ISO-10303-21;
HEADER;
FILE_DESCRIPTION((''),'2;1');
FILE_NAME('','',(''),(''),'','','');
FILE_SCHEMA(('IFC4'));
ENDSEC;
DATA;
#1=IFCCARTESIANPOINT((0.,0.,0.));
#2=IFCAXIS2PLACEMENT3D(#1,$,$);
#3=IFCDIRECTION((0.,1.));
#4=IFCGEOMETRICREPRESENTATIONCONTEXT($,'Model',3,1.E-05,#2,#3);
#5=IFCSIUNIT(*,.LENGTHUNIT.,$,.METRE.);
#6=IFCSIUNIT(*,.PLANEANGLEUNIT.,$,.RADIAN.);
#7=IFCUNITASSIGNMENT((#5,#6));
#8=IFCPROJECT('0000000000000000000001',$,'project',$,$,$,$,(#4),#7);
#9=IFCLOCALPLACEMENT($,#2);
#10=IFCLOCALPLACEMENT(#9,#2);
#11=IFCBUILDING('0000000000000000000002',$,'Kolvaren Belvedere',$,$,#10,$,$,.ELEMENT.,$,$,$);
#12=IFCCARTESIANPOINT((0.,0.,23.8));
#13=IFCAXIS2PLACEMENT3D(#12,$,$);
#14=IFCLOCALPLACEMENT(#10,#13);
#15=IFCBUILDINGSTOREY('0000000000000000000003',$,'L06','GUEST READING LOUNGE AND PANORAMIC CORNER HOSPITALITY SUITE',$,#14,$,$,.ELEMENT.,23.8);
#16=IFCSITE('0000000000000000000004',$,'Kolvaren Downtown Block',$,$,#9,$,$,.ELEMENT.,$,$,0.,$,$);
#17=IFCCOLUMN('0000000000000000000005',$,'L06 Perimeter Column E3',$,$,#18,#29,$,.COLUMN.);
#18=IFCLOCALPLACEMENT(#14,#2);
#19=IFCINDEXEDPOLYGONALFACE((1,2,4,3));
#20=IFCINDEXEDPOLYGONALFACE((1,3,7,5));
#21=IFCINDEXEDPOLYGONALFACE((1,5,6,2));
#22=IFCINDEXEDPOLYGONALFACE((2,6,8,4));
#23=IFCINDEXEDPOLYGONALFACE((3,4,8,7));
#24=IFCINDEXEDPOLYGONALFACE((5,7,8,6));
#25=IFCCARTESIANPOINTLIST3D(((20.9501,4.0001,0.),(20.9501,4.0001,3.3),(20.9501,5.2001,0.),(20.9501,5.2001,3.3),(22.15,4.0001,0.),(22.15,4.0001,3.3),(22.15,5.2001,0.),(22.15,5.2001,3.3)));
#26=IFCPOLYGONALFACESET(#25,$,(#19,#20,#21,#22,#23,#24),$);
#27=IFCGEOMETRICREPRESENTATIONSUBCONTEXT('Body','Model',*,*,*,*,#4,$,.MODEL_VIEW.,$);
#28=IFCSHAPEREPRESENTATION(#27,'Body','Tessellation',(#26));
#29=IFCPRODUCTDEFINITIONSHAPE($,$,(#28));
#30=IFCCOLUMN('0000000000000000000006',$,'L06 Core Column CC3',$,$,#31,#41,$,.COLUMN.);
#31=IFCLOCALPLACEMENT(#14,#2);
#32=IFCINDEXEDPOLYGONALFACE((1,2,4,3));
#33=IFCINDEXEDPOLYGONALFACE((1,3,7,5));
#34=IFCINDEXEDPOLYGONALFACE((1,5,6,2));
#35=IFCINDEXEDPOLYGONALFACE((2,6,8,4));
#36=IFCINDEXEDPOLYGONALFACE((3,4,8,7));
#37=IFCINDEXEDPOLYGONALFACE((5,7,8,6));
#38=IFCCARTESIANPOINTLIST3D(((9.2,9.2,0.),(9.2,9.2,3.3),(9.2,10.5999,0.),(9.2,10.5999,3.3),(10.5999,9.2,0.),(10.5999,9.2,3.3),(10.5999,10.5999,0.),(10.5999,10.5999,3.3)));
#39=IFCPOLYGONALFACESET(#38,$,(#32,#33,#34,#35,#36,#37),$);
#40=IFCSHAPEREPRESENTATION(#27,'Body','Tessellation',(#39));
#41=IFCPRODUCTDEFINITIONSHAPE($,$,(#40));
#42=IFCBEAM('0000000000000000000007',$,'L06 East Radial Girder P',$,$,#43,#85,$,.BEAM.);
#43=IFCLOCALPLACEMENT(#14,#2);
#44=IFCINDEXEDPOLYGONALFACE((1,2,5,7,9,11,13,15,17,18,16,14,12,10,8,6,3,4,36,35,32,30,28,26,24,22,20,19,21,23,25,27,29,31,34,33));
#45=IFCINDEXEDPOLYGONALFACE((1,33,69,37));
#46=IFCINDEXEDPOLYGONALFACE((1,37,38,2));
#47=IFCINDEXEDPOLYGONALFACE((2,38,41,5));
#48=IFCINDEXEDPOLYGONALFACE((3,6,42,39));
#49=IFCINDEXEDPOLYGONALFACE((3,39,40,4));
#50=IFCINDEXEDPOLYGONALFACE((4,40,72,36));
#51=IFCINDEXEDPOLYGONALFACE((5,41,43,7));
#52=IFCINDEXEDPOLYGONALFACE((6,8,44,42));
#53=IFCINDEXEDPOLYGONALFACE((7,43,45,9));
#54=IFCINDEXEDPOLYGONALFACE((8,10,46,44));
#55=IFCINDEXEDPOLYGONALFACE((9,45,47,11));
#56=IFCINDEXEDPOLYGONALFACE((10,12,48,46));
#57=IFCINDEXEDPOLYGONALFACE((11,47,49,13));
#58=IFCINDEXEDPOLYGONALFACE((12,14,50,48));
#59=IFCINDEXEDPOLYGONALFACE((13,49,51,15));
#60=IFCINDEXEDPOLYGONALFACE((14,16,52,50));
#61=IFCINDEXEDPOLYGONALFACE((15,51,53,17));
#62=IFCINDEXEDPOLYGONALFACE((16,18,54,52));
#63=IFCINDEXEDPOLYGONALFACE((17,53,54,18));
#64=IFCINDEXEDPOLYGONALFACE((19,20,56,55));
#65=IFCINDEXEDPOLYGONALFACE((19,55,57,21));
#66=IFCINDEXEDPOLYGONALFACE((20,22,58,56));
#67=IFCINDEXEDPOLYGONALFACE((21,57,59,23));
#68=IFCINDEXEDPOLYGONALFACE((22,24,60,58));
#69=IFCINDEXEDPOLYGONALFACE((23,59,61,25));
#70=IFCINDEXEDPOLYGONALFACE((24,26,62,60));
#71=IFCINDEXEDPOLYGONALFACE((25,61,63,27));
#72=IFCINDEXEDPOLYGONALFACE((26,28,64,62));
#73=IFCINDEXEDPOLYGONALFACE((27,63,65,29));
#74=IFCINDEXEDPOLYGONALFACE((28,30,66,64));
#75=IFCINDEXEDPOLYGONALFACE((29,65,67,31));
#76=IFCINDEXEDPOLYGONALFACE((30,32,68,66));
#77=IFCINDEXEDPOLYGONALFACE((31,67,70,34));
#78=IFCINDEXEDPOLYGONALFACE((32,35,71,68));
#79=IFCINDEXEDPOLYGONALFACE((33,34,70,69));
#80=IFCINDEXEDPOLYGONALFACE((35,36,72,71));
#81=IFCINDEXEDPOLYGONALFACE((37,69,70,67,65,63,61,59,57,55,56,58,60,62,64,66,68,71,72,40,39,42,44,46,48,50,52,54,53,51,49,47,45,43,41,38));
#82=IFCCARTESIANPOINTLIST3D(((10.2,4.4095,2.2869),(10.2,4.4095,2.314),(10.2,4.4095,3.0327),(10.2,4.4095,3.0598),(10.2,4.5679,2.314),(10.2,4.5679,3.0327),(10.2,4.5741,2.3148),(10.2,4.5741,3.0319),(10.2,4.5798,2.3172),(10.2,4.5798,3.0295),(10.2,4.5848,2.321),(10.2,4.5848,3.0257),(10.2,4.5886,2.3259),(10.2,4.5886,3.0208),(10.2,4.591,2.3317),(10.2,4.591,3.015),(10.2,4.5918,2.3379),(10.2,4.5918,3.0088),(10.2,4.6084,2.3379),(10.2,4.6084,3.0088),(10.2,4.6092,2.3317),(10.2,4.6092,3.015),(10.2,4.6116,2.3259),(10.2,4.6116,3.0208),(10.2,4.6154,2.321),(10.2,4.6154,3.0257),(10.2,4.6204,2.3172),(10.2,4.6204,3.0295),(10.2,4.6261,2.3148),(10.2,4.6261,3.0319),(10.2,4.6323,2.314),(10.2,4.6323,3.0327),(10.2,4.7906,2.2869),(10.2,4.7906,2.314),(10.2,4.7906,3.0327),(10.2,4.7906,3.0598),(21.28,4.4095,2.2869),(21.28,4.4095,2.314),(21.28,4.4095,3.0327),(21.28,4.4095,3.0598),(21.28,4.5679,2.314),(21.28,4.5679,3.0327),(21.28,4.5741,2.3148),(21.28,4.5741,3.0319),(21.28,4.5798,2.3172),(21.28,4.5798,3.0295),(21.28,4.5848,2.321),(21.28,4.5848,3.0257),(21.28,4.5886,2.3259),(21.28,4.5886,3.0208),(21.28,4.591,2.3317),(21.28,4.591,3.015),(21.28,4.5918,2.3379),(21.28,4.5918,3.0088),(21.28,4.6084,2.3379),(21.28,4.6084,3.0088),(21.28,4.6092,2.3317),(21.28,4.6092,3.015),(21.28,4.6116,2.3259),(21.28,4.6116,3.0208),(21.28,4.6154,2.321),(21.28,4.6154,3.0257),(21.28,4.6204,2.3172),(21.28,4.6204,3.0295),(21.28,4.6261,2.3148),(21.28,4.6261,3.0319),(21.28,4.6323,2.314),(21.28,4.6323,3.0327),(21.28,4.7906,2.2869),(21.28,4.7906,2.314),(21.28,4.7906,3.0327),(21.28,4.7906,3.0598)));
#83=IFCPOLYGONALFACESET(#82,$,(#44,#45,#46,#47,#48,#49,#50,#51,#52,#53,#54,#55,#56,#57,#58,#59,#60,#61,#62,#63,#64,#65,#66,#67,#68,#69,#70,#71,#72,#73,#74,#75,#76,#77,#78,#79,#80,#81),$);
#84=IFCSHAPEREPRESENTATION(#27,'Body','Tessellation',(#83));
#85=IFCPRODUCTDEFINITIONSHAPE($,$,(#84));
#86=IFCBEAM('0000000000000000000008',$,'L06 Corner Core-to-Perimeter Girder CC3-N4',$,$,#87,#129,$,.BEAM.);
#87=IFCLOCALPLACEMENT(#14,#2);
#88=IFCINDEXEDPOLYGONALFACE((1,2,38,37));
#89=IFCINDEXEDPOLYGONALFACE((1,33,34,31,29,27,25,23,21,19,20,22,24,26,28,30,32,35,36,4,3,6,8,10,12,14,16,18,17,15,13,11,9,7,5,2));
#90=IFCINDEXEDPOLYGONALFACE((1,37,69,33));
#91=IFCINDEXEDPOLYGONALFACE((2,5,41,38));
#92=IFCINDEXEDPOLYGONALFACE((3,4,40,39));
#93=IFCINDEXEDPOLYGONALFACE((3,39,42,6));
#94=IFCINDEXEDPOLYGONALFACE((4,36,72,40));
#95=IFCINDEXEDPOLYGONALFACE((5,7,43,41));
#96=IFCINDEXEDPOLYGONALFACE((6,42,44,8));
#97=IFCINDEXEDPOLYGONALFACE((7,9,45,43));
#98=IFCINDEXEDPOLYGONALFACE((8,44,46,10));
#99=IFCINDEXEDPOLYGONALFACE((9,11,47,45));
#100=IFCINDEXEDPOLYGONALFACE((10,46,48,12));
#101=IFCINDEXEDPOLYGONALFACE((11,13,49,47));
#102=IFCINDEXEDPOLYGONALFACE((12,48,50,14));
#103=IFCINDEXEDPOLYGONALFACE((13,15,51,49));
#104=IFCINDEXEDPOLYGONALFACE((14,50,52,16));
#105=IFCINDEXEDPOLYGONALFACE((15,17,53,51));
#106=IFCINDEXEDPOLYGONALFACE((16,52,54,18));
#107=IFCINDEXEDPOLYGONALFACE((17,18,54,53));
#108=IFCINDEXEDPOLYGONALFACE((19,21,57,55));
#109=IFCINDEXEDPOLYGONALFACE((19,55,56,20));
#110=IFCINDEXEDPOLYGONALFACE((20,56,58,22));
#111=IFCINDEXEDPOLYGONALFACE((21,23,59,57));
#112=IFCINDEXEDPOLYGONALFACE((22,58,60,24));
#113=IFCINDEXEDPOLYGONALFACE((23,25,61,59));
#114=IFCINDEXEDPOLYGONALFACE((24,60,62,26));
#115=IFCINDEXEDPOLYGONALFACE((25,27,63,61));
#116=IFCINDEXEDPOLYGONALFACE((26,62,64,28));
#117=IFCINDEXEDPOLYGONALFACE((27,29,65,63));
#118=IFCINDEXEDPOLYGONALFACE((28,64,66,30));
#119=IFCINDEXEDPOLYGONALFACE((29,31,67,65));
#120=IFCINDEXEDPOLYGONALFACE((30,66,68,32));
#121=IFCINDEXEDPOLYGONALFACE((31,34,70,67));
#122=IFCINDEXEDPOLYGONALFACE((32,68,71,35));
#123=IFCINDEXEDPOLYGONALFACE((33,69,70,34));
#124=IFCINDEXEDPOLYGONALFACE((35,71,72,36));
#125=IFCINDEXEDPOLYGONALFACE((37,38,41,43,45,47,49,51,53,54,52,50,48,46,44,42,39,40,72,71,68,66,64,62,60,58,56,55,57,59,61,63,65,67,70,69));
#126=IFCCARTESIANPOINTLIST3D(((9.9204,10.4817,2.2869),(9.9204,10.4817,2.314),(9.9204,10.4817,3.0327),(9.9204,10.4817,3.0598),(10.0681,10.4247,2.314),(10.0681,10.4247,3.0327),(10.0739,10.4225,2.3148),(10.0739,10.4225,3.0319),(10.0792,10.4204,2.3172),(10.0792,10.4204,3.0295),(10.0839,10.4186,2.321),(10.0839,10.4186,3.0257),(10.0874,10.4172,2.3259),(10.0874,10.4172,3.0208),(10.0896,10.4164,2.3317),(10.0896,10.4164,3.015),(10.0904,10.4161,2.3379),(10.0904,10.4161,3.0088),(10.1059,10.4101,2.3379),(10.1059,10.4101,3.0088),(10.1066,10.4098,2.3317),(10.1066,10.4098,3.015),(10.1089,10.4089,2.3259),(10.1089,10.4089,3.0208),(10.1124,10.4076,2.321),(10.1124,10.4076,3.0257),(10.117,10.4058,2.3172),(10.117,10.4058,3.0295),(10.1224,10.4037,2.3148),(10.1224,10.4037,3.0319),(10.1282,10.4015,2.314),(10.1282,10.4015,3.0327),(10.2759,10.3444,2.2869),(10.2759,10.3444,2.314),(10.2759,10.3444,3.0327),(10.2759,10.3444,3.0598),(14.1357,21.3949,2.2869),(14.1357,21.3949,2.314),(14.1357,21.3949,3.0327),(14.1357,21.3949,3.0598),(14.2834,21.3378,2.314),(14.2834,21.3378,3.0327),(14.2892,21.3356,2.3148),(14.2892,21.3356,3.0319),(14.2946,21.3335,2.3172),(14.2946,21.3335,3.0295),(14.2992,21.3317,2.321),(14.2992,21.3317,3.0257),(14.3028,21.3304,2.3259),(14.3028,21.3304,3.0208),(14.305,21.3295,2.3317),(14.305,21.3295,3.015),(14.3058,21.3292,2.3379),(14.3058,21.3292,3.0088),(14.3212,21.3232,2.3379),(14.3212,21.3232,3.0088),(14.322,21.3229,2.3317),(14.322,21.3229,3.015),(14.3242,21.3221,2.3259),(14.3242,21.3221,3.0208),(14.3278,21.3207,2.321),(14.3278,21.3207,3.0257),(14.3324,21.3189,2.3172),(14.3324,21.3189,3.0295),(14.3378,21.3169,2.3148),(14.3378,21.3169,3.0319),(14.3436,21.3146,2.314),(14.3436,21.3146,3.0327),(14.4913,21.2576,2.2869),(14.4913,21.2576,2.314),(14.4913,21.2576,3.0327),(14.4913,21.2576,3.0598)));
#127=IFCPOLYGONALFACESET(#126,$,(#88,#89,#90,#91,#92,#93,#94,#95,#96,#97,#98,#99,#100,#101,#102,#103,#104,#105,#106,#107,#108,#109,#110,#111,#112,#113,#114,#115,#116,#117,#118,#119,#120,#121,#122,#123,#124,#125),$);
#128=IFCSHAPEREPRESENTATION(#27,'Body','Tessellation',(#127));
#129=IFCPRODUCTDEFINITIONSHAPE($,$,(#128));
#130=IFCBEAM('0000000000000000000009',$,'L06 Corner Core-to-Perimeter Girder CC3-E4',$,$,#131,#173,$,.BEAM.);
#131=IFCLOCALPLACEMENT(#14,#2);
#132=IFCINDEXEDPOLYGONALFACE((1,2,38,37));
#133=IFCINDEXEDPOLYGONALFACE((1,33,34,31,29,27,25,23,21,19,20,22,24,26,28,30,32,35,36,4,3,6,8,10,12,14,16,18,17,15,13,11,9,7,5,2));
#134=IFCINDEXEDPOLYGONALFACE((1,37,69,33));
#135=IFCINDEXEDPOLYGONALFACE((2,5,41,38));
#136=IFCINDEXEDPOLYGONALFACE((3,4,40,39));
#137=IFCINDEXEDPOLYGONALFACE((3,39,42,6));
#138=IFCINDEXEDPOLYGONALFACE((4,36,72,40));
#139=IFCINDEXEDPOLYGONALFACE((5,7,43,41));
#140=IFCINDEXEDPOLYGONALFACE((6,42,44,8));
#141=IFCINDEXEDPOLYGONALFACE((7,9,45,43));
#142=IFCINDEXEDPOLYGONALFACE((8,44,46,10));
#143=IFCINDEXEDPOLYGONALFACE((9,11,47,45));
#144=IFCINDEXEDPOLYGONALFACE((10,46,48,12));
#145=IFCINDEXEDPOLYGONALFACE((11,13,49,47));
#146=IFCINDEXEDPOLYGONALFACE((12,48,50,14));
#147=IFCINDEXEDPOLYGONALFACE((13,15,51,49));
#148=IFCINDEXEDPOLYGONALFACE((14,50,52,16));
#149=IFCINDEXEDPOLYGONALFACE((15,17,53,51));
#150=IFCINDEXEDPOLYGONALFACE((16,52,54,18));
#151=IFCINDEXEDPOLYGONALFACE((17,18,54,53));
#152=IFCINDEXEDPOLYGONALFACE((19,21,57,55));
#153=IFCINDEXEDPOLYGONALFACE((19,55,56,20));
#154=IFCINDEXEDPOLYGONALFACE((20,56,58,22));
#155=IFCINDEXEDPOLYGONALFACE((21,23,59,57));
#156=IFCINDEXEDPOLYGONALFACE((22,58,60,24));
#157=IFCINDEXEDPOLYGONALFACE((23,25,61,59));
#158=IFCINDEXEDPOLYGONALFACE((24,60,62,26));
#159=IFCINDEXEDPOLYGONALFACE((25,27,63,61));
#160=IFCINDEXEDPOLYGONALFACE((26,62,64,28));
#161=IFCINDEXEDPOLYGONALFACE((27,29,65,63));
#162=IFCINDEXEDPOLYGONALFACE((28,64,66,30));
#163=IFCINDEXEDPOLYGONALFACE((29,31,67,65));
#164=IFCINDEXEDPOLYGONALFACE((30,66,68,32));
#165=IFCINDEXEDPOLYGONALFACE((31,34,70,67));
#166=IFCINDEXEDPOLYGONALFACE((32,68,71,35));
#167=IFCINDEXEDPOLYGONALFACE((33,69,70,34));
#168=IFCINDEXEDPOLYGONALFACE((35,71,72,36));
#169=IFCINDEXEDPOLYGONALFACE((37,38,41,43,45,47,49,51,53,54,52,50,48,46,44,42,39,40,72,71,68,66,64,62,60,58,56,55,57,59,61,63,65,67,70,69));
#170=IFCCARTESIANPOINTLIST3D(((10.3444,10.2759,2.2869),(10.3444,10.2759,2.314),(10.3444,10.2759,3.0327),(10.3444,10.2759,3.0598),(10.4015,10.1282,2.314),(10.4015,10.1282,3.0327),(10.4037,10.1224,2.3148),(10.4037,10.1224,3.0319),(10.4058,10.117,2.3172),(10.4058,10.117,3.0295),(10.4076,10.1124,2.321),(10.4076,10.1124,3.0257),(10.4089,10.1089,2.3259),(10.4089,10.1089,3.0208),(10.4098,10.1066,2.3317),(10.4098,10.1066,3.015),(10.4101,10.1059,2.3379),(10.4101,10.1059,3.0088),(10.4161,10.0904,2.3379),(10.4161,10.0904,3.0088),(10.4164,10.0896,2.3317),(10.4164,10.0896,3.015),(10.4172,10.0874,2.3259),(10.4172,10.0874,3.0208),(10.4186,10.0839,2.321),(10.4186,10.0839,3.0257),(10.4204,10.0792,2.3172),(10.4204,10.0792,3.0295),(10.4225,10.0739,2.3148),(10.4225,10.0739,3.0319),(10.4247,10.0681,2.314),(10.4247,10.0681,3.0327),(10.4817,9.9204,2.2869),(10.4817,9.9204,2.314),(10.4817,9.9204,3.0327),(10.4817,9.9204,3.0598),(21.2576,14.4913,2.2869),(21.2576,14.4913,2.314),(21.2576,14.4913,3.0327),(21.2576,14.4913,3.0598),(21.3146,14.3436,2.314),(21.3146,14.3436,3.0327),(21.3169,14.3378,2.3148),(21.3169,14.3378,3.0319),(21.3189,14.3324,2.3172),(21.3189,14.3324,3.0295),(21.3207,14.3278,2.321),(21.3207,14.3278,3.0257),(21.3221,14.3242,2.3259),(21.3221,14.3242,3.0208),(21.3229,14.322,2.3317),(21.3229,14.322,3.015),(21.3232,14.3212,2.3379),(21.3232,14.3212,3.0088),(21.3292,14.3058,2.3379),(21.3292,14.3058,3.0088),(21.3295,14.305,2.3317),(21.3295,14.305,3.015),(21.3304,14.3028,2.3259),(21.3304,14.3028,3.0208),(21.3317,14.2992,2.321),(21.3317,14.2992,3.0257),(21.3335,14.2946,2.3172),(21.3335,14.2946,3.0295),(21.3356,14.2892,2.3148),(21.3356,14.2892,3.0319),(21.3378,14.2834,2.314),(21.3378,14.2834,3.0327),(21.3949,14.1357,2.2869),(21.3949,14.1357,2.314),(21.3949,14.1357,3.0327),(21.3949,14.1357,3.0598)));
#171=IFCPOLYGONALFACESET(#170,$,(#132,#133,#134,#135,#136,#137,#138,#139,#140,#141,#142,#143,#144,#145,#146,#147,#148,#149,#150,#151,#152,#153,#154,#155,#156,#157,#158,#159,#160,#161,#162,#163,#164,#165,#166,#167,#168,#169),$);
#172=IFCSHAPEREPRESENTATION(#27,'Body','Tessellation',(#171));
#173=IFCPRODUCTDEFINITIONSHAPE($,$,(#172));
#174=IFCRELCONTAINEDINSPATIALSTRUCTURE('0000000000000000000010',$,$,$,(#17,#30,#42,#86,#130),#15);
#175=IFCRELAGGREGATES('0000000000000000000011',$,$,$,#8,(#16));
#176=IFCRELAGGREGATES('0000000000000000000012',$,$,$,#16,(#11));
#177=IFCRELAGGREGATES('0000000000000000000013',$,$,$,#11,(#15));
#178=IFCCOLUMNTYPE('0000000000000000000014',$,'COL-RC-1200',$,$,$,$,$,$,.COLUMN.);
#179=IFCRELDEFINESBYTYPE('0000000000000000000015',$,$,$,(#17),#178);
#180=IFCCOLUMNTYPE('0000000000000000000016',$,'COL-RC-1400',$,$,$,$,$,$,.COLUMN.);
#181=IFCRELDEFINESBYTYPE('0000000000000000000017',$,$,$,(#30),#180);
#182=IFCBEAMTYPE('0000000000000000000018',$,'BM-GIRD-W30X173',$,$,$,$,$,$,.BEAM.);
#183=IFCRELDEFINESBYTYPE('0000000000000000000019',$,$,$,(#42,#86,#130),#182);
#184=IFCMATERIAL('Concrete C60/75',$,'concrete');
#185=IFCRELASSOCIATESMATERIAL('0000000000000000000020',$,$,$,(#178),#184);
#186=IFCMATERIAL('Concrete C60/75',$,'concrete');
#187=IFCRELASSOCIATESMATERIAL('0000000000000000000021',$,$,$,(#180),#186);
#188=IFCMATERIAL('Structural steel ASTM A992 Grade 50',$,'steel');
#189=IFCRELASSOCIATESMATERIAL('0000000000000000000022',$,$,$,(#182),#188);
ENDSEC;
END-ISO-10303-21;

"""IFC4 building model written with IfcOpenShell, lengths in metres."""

from ifc_helpers import new_model, si_unit, direction, frame, origin, origin_2d, place, context, subcontext, project, spatial, rectangle, i_section, extrude, material, material_profile, profile_set, type_object, element, save


model = new_model("IFC4")

# Units and contexts
model_context = context("Model", 3, precision=1e-05, world=origin(), true_north=direction((0.0, 1.0)))
body_context = subcontext(model_context, "Body", "Model", "MODEL_VIEW")
ifc_project = project(units=[si_unit("LENGTHUNIT", "METRE"), si_unit("PLANEANGLEUNIT", "RADIAN")], contexts=[model_context])

# Site, building, storey
site_placement = place(None, origin())
site = spatial("IfcSite", under=ifc_project, at=site_placement, Name="Kolvaren Downtown Block", CompositionType="ELEMENT", RefElevation=0.0)
building_placement = place(site_placement, origin())
building = spatial("IfcBuilding", under=site, at=building_placement, Name="Kolvaren Belvedere", CompositionType="ELEMENT")
storey_placement = place(building_placement, frame((0.0, 0.0, 23.8)))
storey = spatial("IfcBuildingStorey", under=building, at=storey_placement, Name="L06", Description="GUEST READING LOUNGE AND PANORAMIC CORNER HOSPITALITY SUITE", CompositionType="ELEMENT", Elevation=23.8)

# Columns
ifc_material_1 = material(Name="Concrete C60/75", Category="concrete")
ifc_material_profile_1 = material_profile(ifc_material_1, rectangle(XDim=1.2, YDim=1.2, at=origin_2d()), Name="RC 1200X1200")
ifc_profile_set_1 = profile_set([ifc_material_profile_1], Name="Concrete C60/75")
column_type_1 = type_object("IfcColumnType", Name="COL-RC-1200", PredefinedType="COLUMN", material=ifc_profile_set_1)
column_1_placement = place(storey_placement, frame((21.55, 4.6001, 0.0), z_axis=(0.0, 0.0, 1.0), x_axis=(1.0, 0.0, 0.0)))
element("IfcColumn", 1, at=column_1_placement, inside=storey, type_object=column_type_1, Name="L06 Perimeter Column E3", PredefinedType="COLUMN", context=body_context, shape_type="SweptSolid", body=[
    extrude(rectangle(XDim=1.2, YDim=1.2, at=origin_2d()), origin(), (0.0, 0.0, 1.0), 3.3),
])
ifc_material_2 = material(Name="Concrete C60/75", Category="concrete")
ifc_material_profile_2 = material_profile(ifc_material_2, rectangle(XDim=1.3999, YDim=1.3999, at=origin_2d()), Name="RC 1400X1400")
ifc_profile_set_2 = profile_set([ifc_material_profile_2], Name="Concrete C60/75")
column_type_2 = type_object("IfcColumnType", Name="COL-RC-1400", PredefinedType="COLUMN", material=ifc_profile_set_2)
column_2_placement = place(storey_placement, frame((9.8999, 9.8999, 0.0), z_axis=(0.0, 0.0, 1.0), x_axis=(1.0, 0.0, 0.0)))
element("IfcColumn", 2, at=column_2_placement, inside=storey, type_object=column_type_2, Name="L06 Core Column CC3", PredefinedType="COLUMN", context=body_context, shape_type="SweptSolid", body=[
    extrude(rectangle(XDim=1.3999, YDim=1.3999, at=origin_2d()), origin(), (0.0, 0.0, 1.0), 3.3),
])

# Beams
ifc_material_3 = material(Name="Structural steel ASTM A992 Grade 50", Category="steel")
ifc_material_profile_3 = material_profile(ifc_material_3, i_section(OverallWidth=0.3811, OverallDepth=0.7729, WebThickness=0.0166, FlangeThickness=0.0271, FilletRadius=0.0239, at=origin_2d()), Name="W30X173")
ifc_profile_set_3 = profile_set([ifc_material_profile_3], Name="Structural steel ASTM A992 Grade 50")
beam_type_1 = type_object("IfcBeamType", Name="BM-GIRD-W30X173", PredefinedType="BEAM", material=ifc_profile_set_3)
beam_1_placement = place(storey_placement, frame((10.2, 4.6001, 2.6733), z_axis=(1.0, 0.0, 0.0), x_axis=(0.0, 1.0, 0.0)))
element("IfcBeam", 3, at=beam_1_placement, inside=storey, type_object=beam_type_1, Name="L06 East Radial Girder P", PredefinedType="BEAM", context=body_context, shape_type="SweptSolid", body=[
    extrude(i_section(OverallWidth=0.3811, OverallDepth=0.7729, WebThickness=0.0166, FlangeThickness=0.0271, FilletRadius=0.0239, at=origin_2d()), origin(), (0.0, 0.0, 1.0), 11.0801),
])
for number, where, z_axis, x_axis, name in (
    (4, (10.0981, 10.4131, 2.6733), (0.360318, 0.932829, 0.0), (-0.932829, 0.360318, 0.0), "L06 Corner Core-to-Perimeter Girder CC3-N4"),
    (5, (10.4131, 10.0981, 2.6733), (0.932829, 0.360318, 0.0), (-0.360318, 0.932829, 0.0), "L06 Corner Core-to-Perimeter Girder CC3-E4"),
):
    element("IfcBeam", number, at=place(storey_placement, frame(where, z_axis=z_axis, x_axis=x_axis)), inside=storey, type_object=beam_type_1, Name=name, PredefinedType="BEAM", context=body_context, shape_type="SweptSolid", body=[
        extrude(i_section(OverallWidth=0.3811, OverallDepth=0.7729, WebThickness=0.0166, FlangeThickness=0.0271, FilletRadius=0.0239, at=origin_2d()), origin(), (0.0, 0.0, 1.0), 11.699),
    ])

save(model, "model.ifc")
